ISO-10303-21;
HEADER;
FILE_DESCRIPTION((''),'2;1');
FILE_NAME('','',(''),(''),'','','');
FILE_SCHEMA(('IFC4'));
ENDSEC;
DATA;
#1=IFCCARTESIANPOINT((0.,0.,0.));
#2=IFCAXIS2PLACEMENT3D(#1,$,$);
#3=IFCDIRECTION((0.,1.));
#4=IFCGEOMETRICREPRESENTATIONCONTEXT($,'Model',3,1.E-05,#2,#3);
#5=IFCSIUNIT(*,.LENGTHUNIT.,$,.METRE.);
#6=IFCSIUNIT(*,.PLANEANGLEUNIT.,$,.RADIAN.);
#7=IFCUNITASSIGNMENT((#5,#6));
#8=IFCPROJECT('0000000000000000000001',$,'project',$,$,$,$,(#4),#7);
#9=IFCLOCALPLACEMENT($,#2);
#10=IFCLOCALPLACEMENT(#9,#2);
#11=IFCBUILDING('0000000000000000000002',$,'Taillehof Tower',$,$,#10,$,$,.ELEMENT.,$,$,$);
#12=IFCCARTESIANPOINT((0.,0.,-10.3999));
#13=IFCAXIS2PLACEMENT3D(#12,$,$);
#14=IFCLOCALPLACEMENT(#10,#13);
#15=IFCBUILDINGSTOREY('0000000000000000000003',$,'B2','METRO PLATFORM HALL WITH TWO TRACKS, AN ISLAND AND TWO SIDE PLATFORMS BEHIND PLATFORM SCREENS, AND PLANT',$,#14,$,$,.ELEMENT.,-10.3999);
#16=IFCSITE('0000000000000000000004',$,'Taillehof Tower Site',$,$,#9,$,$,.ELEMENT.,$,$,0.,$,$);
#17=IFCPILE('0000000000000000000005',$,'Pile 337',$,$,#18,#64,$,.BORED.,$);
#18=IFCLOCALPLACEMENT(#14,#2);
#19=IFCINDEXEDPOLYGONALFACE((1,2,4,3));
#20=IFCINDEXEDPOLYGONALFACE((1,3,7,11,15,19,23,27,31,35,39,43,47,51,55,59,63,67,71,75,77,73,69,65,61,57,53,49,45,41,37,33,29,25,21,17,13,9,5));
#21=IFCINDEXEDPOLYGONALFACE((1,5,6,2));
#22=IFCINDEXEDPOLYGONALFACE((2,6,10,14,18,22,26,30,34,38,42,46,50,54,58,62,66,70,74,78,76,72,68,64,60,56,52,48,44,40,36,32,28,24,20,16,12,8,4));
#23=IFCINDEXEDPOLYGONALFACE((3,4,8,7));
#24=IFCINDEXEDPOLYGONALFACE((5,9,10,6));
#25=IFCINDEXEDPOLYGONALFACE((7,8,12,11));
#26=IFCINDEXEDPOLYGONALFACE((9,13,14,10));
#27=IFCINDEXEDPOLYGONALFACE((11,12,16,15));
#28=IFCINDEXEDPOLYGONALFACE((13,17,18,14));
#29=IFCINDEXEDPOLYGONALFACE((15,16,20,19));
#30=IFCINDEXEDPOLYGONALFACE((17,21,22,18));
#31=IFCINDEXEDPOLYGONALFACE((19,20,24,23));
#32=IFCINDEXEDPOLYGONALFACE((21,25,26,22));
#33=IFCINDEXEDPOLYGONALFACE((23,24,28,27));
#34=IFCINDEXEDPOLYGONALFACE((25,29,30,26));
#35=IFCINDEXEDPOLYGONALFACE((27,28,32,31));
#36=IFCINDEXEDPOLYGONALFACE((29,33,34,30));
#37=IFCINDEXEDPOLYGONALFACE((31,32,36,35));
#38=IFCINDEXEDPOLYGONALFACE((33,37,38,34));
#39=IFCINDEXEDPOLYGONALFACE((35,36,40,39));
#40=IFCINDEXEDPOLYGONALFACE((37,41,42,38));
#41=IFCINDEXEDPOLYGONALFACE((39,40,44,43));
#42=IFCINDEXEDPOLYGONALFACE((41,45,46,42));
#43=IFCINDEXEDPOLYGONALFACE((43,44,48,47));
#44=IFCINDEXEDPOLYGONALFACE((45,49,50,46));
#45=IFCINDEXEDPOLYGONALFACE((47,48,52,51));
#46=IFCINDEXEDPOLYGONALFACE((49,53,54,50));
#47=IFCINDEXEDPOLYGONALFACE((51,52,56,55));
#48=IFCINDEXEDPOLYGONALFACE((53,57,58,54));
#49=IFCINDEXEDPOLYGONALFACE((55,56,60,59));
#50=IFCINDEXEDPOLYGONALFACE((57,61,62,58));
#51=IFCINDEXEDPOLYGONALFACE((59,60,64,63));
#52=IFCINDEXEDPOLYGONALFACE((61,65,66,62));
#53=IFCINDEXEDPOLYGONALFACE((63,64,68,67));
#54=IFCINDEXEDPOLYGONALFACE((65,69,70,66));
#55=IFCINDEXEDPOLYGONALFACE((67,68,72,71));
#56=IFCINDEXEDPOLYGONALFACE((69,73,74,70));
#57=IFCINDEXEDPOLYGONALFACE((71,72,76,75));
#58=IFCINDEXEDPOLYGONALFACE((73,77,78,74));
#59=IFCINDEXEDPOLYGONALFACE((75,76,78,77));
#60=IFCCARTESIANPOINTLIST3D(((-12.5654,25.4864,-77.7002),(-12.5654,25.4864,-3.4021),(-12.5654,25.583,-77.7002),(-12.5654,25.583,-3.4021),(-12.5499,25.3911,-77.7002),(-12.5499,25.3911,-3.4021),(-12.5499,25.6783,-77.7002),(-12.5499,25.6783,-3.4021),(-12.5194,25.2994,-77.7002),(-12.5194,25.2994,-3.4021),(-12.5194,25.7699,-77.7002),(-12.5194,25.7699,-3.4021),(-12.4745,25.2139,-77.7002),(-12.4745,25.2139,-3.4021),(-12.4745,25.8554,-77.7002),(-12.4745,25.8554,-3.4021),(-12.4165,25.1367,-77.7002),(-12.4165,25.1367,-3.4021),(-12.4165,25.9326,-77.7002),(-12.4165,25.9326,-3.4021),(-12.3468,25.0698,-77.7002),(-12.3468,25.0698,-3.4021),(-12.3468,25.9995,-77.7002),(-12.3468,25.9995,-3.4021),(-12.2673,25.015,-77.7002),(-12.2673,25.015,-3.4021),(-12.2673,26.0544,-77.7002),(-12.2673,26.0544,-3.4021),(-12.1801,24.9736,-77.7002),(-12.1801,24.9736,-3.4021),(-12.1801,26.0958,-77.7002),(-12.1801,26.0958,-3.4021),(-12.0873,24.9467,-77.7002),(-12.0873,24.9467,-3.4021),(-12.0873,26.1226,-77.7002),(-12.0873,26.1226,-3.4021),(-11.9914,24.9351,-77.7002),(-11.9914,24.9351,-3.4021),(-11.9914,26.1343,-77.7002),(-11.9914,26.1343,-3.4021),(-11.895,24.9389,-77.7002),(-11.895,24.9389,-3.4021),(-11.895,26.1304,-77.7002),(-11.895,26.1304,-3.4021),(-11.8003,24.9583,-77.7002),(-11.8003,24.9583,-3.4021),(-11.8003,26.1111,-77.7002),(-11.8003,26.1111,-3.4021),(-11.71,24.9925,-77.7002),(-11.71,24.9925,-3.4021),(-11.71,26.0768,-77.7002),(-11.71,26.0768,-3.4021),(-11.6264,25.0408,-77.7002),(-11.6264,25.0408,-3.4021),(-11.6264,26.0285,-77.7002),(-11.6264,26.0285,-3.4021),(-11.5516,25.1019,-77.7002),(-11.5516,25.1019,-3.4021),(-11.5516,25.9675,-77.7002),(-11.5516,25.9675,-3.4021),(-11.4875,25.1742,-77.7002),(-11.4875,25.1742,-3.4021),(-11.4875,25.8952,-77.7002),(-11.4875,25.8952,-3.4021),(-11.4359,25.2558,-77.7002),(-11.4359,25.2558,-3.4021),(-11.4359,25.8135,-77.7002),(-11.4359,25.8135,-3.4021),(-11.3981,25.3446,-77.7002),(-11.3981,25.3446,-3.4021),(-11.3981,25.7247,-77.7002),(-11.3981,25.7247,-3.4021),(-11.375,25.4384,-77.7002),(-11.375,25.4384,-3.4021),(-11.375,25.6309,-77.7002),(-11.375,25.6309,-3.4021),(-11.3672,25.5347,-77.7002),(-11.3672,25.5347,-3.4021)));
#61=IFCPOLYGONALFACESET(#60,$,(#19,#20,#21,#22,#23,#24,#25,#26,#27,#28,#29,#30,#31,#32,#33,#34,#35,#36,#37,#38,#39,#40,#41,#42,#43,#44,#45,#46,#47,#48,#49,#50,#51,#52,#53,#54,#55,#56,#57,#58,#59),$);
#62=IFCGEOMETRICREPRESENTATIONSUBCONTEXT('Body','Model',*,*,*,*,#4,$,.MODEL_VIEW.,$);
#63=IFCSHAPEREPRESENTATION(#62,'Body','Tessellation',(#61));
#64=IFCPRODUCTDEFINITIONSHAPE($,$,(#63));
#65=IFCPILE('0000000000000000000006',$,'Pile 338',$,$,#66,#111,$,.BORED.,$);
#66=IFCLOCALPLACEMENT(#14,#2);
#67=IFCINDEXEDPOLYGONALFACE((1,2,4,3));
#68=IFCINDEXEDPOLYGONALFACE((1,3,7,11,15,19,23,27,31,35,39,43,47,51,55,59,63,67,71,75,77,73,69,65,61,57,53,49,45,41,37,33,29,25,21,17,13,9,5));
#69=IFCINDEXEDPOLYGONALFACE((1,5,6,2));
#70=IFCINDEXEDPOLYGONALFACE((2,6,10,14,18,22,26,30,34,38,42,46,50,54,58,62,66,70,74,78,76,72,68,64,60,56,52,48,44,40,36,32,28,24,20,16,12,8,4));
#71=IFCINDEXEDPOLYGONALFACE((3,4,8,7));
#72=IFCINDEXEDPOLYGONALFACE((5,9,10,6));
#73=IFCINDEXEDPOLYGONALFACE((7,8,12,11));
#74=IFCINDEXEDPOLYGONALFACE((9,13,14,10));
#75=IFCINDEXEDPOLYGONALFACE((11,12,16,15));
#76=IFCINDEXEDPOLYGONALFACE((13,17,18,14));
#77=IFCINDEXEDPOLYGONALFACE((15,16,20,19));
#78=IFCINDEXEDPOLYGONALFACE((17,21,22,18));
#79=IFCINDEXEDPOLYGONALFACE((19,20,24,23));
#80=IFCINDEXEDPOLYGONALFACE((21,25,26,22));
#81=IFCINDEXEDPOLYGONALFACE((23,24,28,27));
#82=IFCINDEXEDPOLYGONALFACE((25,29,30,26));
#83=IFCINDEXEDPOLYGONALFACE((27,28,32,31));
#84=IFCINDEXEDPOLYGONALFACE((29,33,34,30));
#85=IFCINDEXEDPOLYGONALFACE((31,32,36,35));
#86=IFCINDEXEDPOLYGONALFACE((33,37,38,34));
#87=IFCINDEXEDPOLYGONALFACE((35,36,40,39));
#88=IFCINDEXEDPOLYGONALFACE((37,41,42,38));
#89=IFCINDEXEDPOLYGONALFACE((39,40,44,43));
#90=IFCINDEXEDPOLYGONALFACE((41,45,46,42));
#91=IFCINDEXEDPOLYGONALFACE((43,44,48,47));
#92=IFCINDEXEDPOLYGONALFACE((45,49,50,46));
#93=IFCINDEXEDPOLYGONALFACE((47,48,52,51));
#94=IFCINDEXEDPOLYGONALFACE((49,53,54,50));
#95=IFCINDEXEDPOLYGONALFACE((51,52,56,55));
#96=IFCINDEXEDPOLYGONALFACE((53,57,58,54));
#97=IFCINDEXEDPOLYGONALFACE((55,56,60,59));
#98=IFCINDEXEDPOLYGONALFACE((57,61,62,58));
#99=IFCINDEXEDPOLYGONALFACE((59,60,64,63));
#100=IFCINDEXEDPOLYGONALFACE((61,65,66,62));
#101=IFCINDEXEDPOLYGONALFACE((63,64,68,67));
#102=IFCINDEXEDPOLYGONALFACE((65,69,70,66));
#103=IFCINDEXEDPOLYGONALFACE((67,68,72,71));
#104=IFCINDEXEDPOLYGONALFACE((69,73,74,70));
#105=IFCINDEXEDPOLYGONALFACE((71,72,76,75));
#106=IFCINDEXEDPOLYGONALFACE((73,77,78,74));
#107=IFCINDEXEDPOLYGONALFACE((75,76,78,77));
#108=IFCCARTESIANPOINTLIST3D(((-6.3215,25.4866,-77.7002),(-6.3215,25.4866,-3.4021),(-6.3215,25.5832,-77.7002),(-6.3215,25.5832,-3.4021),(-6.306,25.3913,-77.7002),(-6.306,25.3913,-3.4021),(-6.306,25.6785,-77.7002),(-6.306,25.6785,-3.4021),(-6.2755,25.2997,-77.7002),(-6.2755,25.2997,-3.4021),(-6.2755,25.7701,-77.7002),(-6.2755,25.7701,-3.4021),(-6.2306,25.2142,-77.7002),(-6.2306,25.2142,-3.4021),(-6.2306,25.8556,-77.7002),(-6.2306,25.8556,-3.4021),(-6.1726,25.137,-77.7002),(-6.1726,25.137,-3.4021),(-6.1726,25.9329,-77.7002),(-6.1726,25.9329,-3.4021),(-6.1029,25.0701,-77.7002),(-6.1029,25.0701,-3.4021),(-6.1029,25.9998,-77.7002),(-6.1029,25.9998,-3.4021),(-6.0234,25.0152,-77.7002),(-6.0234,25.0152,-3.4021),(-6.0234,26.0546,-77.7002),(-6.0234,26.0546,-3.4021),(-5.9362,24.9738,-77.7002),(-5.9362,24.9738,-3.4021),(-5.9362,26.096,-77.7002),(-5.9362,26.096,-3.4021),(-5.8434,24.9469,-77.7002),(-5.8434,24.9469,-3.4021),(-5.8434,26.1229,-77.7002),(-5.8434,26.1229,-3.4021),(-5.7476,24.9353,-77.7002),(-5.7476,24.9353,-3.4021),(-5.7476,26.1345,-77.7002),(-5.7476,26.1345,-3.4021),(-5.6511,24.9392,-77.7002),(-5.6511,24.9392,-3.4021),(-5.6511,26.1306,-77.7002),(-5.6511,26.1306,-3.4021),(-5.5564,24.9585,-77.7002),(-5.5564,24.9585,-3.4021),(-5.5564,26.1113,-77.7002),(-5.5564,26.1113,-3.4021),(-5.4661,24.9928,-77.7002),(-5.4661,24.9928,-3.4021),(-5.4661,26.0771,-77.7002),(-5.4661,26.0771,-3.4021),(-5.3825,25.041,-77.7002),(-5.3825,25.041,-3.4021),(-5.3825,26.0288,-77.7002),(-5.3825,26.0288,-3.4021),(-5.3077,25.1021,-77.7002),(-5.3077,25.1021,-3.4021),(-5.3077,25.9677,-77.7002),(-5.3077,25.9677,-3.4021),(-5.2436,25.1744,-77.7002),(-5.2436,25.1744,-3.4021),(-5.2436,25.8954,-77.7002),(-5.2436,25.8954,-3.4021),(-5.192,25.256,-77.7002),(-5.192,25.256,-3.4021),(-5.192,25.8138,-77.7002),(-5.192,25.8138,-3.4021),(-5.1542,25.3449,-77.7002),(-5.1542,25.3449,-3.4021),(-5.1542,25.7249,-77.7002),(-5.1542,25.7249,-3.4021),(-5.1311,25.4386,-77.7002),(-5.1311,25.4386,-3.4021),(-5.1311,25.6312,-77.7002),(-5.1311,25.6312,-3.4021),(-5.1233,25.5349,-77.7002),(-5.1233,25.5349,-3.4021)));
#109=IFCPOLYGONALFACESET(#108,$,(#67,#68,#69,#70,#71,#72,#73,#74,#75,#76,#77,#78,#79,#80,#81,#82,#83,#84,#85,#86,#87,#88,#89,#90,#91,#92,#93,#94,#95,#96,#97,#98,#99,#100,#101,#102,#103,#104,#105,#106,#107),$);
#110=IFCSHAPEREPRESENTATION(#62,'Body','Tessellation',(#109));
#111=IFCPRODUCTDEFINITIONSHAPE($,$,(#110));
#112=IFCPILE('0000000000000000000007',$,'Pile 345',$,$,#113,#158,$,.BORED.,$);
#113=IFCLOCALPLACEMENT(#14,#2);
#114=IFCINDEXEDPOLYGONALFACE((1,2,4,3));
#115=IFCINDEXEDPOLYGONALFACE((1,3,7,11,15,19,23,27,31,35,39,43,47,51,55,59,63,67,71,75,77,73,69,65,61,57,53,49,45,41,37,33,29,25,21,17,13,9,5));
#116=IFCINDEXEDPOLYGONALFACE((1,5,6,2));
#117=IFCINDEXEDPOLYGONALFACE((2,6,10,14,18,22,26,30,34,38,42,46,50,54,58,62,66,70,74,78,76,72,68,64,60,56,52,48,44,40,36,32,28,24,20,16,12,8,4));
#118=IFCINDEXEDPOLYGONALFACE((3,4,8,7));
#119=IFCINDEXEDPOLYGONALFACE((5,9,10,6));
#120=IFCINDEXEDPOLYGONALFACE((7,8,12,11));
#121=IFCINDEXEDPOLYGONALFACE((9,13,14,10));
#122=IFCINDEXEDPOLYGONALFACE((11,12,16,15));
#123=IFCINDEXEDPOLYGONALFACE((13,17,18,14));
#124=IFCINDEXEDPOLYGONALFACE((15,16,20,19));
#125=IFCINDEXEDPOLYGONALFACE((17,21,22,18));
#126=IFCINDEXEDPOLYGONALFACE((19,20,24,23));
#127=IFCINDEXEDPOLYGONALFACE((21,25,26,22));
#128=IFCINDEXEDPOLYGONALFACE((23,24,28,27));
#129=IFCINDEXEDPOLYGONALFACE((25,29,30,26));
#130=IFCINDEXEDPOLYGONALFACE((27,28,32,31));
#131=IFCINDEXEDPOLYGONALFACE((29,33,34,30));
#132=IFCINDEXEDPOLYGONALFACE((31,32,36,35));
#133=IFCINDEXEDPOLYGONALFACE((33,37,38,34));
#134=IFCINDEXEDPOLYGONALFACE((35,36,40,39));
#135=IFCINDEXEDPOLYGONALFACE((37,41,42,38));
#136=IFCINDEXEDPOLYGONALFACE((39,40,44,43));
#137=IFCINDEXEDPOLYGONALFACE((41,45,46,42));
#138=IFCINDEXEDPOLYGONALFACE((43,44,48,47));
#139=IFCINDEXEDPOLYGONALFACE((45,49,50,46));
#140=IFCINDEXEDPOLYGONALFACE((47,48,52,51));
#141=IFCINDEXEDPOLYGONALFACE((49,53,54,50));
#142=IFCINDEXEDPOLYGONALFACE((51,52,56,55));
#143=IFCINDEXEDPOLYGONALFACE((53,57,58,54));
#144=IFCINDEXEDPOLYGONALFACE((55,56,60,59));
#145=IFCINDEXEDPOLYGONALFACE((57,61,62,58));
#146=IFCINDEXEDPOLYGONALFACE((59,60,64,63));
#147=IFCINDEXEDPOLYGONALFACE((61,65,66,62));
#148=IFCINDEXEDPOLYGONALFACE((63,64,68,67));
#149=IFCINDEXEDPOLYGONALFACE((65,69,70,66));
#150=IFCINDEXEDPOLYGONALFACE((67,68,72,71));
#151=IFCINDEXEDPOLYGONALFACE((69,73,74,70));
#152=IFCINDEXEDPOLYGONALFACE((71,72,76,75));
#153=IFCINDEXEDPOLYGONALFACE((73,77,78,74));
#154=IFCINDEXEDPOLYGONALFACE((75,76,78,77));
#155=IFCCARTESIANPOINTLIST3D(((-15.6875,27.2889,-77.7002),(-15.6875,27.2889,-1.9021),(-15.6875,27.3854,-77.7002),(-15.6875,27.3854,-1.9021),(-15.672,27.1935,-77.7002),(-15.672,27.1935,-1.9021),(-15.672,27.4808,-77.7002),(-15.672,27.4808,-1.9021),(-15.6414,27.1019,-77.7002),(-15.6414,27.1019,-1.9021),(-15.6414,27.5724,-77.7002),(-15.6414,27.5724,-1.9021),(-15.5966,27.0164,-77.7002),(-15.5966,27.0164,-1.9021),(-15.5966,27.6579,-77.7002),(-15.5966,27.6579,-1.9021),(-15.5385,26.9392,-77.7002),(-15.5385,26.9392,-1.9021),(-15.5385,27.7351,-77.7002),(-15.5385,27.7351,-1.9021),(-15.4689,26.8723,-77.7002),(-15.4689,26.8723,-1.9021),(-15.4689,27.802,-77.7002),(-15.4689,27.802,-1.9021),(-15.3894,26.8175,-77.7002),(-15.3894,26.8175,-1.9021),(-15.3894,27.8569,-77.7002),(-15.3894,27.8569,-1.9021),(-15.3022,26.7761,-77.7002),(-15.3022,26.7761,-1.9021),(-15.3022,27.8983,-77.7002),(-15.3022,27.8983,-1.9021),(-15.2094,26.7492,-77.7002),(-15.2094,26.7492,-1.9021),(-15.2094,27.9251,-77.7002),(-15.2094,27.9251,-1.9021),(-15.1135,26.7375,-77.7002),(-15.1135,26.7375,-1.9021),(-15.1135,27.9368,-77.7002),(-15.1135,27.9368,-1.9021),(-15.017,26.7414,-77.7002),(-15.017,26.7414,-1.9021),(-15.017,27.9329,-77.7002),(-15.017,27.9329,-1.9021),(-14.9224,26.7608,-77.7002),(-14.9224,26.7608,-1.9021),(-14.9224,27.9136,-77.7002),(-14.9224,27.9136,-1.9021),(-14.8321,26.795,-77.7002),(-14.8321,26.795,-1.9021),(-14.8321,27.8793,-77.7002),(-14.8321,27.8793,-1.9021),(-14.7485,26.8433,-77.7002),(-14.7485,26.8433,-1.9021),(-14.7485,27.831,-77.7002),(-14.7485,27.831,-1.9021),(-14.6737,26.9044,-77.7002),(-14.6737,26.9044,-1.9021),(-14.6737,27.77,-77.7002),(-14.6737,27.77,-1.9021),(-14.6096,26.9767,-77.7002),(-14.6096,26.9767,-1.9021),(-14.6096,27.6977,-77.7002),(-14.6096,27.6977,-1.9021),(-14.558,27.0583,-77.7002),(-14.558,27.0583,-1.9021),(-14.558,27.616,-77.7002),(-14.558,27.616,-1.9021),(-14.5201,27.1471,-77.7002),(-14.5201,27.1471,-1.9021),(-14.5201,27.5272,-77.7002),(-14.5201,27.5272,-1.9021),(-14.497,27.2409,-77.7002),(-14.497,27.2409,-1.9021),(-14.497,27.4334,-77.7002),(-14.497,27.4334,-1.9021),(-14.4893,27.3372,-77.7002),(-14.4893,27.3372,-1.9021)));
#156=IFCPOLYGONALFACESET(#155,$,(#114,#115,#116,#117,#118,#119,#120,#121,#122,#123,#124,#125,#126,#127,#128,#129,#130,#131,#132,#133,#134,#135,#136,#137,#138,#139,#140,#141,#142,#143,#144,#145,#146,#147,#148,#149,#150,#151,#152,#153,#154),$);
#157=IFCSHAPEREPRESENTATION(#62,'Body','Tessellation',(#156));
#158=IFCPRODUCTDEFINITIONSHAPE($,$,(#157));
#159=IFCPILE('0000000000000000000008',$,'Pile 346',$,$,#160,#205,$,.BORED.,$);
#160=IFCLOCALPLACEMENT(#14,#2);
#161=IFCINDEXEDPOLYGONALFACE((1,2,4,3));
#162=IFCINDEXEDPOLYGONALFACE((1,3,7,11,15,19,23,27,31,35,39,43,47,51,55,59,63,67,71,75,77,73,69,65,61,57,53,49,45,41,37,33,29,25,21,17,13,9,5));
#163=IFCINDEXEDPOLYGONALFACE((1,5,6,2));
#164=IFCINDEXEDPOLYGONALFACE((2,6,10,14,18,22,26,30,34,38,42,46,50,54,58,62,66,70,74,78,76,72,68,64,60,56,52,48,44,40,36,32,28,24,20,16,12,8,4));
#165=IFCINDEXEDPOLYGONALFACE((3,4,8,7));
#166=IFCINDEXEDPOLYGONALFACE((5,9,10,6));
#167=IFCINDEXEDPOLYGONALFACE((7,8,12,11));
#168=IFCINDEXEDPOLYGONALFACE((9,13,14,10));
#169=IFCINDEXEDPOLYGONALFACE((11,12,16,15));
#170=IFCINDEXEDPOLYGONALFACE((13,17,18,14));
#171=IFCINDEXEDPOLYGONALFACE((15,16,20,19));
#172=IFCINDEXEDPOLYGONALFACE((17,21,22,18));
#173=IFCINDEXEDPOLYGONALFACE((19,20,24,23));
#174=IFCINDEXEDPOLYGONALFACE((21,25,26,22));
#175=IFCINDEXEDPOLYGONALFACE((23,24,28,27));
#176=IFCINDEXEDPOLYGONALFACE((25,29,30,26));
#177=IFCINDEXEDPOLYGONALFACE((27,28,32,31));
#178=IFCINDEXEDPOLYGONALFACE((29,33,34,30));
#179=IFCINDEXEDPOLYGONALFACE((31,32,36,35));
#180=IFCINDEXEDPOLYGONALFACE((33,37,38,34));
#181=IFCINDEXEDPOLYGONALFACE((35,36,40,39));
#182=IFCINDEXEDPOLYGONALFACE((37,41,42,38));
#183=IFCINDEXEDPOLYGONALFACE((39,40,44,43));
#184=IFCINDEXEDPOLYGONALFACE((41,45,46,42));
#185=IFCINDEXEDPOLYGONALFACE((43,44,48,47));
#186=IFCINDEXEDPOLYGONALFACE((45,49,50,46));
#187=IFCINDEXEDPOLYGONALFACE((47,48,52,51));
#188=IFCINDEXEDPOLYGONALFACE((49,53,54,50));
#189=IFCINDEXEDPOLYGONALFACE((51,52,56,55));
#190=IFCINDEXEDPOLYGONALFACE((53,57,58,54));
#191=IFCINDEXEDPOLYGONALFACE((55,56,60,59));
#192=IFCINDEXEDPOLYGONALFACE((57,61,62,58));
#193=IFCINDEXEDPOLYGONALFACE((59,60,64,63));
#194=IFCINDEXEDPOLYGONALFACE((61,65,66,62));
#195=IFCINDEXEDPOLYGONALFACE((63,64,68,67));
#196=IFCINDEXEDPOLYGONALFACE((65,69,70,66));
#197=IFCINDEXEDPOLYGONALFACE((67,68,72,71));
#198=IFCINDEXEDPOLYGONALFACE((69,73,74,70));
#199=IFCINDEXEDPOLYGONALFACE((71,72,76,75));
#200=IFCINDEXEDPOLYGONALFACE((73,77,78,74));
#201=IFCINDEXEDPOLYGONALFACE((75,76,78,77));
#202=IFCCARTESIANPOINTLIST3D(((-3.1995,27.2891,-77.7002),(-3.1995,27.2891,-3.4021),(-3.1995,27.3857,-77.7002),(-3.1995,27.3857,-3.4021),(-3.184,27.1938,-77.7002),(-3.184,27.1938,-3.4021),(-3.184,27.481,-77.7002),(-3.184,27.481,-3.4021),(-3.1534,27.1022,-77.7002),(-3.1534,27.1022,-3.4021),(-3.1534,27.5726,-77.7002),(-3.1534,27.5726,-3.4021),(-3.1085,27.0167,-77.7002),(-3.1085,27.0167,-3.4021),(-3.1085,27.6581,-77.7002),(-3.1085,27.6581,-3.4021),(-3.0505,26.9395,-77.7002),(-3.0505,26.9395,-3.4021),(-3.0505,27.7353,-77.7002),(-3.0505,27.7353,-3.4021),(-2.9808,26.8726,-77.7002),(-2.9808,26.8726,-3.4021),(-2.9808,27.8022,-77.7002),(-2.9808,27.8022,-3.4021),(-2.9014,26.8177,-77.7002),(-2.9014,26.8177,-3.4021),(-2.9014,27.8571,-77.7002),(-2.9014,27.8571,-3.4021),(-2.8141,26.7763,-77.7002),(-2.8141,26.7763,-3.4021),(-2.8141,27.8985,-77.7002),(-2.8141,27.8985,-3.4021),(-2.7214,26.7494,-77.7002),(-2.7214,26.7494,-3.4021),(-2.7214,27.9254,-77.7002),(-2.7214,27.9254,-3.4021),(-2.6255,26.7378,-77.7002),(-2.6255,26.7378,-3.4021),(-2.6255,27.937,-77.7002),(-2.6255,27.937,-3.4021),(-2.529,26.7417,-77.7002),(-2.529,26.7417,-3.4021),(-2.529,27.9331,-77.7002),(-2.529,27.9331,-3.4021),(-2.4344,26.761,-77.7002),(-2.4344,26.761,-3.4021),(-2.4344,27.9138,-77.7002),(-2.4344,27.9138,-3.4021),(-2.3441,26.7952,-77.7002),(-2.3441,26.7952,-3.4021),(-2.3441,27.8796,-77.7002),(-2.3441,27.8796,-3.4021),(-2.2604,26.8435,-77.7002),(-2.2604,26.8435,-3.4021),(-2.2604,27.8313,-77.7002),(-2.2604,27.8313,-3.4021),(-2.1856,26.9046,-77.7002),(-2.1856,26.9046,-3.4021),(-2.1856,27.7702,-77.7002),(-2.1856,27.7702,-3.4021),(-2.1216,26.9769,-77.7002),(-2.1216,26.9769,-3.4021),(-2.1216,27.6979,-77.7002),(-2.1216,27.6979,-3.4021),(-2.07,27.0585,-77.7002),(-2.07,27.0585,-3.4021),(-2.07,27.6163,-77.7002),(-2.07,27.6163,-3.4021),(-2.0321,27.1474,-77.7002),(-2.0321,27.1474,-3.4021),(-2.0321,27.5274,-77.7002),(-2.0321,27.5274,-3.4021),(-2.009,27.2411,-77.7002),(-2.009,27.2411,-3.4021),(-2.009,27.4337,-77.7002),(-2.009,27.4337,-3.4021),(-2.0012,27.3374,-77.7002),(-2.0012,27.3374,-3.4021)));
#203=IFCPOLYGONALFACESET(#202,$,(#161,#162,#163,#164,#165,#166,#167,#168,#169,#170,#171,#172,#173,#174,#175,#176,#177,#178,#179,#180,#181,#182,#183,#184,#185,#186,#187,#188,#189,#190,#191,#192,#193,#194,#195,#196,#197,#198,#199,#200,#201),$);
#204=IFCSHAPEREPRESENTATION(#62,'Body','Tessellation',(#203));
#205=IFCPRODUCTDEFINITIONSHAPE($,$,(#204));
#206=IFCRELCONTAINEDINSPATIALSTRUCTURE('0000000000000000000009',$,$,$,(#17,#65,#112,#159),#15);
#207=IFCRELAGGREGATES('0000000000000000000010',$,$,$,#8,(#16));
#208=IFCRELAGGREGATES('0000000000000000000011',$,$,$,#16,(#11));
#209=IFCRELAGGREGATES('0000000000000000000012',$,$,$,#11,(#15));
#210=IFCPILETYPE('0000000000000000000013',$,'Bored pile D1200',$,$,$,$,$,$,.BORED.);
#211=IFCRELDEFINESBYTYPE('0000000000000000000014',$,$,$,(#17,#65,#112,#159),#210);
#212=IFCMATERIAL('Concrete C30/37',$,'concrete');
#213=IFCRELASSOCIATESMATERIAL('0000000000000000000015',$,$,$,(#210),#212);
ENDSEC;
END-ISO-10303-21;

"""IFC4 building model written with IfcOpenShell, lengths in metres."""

from ifc_helpers import new_model, si_unit, direction, frame, origin, origin_2d, place, context, subcontext, project, spatial, circle, extrude, material, material_profile, profile_set, type_object, element, save


model = new_model("IFC4")

# Units and contexts
model_context = context("Model", 3, precision=1e-05, world=origin(), true_north=direction((0.0, 1.0)))
body_context = subcontext(model_context, "Body", "Model", "MODEL_VIEW")
ifc_project = project(units=[si_unit("LENGTHUNIT", "METRE"), si_unit("PLANEANGLEUNIT", "RADIAN")], contexts=[model_context])

# Site, building, storey
site_placement = place(None, origin())
site = spatial("IfcSite", under=ifc_project, at=site_placement, Name="Taillehof Tower Site", CompositionType="ELEMENT", RefElevation=0.0)
building_placement = place(site_placement, origin())
building = spatial("IfcBuilding", under=site, at=building_placement, Name="Taillehof Tower", CompositionType="ELEMENT")
storey_placement = place(building_placement, frame((0.0, 0.0, -10.3999)))
storey = spatial("IfcBuildingStorey", under=building, at=storey_placement, Name="B2", Description="METRO PLATFORM HALL WITH TWO TRACKS, AN ISLAND AND TWO SIDE PLATFORMS BEHIND PLATFORM SCREENS, AND PLANT", CompositionType="ELEMENT", Elevation=-10.3999)

# Piles
ifc_material_1 = material(Name="Concrete C30/37", Category="concrete")
ifc_material_profile_1 = material_profile(ifc_material_1, circle(Radius=0.6001, at=origin_2d()), Name="BP D1200")
ifc_profile_set_1 = profile_set([ifc_material_profile_1], Name="Concrete C30/37")
pile_type = type_object("IfcPileType", Name="Bored pile D1200", PredefinedType="BORED", material=ifc_profile_set_1)
for number, where, z_axis, x_axis, name in (
    (1, (-11.9673, 25.5347, -3.4021), (0.0, 0.0, -1.0), (1.0, 0.0, 0.0), "Pile 337"),
    (2, (-5.7234, 25.5349, -3.4021), (0.0, 0.0, -1.0), (1.0, 0.0, 0.0), "Pile 338"),
):
    element("IfcPile", number, at=place(storey_placement, frame(where, z_axis=z_axis, x_axis=x_axis)), inside=storey, type_object=pile_type, Name=name, PredefinedType="BORED", context=body_context, shape_type="SweptSolid", body=[
        extrude(circle(Radius=0.6001, at=origin_2d()), origin(), (0.0, 0.0, 1.0), 74.2981),
    ])
pile_1_placement = place(storey_placement, frame((-15.0894, 27.3372, -1.9021), z_axis=(0.0, 0.0, -1.0), x_axis=(1.0, 0.0, 0.0)))
element("IfcPile", 3, at=pile_1_placement, inside=storey, type_object=pile_type, Name="Pile 345", PredefinedType="BORED", context=body_context, shape_type="SweptSolid", body=[
    extrude(circle(Radius=0.6001, at=origin_2d()), origin(), (0.0, 0.0, 1.0), 75.7981),
])
pile_2_placement = place(storey_placement, frame((-2.6013, 27.3374, -3.4021), z_axis=(0.0, 0.0, -1.0), x_axis=(1.0, 0.0, 0.0)))
element("IfcPile", 4, at=pile_2_placement, inside=storey, type_object=pile_type, Name="Pile 346", PredefinedType="BORED", context=body_context, shape_type="SweptSolid", body=[
    extrude(circle(Radius=0.6001, at=origin_2d()), origin(), (0.0, 0.0, 1.0), 74.2981),
])

save(model, "model.ifc")
